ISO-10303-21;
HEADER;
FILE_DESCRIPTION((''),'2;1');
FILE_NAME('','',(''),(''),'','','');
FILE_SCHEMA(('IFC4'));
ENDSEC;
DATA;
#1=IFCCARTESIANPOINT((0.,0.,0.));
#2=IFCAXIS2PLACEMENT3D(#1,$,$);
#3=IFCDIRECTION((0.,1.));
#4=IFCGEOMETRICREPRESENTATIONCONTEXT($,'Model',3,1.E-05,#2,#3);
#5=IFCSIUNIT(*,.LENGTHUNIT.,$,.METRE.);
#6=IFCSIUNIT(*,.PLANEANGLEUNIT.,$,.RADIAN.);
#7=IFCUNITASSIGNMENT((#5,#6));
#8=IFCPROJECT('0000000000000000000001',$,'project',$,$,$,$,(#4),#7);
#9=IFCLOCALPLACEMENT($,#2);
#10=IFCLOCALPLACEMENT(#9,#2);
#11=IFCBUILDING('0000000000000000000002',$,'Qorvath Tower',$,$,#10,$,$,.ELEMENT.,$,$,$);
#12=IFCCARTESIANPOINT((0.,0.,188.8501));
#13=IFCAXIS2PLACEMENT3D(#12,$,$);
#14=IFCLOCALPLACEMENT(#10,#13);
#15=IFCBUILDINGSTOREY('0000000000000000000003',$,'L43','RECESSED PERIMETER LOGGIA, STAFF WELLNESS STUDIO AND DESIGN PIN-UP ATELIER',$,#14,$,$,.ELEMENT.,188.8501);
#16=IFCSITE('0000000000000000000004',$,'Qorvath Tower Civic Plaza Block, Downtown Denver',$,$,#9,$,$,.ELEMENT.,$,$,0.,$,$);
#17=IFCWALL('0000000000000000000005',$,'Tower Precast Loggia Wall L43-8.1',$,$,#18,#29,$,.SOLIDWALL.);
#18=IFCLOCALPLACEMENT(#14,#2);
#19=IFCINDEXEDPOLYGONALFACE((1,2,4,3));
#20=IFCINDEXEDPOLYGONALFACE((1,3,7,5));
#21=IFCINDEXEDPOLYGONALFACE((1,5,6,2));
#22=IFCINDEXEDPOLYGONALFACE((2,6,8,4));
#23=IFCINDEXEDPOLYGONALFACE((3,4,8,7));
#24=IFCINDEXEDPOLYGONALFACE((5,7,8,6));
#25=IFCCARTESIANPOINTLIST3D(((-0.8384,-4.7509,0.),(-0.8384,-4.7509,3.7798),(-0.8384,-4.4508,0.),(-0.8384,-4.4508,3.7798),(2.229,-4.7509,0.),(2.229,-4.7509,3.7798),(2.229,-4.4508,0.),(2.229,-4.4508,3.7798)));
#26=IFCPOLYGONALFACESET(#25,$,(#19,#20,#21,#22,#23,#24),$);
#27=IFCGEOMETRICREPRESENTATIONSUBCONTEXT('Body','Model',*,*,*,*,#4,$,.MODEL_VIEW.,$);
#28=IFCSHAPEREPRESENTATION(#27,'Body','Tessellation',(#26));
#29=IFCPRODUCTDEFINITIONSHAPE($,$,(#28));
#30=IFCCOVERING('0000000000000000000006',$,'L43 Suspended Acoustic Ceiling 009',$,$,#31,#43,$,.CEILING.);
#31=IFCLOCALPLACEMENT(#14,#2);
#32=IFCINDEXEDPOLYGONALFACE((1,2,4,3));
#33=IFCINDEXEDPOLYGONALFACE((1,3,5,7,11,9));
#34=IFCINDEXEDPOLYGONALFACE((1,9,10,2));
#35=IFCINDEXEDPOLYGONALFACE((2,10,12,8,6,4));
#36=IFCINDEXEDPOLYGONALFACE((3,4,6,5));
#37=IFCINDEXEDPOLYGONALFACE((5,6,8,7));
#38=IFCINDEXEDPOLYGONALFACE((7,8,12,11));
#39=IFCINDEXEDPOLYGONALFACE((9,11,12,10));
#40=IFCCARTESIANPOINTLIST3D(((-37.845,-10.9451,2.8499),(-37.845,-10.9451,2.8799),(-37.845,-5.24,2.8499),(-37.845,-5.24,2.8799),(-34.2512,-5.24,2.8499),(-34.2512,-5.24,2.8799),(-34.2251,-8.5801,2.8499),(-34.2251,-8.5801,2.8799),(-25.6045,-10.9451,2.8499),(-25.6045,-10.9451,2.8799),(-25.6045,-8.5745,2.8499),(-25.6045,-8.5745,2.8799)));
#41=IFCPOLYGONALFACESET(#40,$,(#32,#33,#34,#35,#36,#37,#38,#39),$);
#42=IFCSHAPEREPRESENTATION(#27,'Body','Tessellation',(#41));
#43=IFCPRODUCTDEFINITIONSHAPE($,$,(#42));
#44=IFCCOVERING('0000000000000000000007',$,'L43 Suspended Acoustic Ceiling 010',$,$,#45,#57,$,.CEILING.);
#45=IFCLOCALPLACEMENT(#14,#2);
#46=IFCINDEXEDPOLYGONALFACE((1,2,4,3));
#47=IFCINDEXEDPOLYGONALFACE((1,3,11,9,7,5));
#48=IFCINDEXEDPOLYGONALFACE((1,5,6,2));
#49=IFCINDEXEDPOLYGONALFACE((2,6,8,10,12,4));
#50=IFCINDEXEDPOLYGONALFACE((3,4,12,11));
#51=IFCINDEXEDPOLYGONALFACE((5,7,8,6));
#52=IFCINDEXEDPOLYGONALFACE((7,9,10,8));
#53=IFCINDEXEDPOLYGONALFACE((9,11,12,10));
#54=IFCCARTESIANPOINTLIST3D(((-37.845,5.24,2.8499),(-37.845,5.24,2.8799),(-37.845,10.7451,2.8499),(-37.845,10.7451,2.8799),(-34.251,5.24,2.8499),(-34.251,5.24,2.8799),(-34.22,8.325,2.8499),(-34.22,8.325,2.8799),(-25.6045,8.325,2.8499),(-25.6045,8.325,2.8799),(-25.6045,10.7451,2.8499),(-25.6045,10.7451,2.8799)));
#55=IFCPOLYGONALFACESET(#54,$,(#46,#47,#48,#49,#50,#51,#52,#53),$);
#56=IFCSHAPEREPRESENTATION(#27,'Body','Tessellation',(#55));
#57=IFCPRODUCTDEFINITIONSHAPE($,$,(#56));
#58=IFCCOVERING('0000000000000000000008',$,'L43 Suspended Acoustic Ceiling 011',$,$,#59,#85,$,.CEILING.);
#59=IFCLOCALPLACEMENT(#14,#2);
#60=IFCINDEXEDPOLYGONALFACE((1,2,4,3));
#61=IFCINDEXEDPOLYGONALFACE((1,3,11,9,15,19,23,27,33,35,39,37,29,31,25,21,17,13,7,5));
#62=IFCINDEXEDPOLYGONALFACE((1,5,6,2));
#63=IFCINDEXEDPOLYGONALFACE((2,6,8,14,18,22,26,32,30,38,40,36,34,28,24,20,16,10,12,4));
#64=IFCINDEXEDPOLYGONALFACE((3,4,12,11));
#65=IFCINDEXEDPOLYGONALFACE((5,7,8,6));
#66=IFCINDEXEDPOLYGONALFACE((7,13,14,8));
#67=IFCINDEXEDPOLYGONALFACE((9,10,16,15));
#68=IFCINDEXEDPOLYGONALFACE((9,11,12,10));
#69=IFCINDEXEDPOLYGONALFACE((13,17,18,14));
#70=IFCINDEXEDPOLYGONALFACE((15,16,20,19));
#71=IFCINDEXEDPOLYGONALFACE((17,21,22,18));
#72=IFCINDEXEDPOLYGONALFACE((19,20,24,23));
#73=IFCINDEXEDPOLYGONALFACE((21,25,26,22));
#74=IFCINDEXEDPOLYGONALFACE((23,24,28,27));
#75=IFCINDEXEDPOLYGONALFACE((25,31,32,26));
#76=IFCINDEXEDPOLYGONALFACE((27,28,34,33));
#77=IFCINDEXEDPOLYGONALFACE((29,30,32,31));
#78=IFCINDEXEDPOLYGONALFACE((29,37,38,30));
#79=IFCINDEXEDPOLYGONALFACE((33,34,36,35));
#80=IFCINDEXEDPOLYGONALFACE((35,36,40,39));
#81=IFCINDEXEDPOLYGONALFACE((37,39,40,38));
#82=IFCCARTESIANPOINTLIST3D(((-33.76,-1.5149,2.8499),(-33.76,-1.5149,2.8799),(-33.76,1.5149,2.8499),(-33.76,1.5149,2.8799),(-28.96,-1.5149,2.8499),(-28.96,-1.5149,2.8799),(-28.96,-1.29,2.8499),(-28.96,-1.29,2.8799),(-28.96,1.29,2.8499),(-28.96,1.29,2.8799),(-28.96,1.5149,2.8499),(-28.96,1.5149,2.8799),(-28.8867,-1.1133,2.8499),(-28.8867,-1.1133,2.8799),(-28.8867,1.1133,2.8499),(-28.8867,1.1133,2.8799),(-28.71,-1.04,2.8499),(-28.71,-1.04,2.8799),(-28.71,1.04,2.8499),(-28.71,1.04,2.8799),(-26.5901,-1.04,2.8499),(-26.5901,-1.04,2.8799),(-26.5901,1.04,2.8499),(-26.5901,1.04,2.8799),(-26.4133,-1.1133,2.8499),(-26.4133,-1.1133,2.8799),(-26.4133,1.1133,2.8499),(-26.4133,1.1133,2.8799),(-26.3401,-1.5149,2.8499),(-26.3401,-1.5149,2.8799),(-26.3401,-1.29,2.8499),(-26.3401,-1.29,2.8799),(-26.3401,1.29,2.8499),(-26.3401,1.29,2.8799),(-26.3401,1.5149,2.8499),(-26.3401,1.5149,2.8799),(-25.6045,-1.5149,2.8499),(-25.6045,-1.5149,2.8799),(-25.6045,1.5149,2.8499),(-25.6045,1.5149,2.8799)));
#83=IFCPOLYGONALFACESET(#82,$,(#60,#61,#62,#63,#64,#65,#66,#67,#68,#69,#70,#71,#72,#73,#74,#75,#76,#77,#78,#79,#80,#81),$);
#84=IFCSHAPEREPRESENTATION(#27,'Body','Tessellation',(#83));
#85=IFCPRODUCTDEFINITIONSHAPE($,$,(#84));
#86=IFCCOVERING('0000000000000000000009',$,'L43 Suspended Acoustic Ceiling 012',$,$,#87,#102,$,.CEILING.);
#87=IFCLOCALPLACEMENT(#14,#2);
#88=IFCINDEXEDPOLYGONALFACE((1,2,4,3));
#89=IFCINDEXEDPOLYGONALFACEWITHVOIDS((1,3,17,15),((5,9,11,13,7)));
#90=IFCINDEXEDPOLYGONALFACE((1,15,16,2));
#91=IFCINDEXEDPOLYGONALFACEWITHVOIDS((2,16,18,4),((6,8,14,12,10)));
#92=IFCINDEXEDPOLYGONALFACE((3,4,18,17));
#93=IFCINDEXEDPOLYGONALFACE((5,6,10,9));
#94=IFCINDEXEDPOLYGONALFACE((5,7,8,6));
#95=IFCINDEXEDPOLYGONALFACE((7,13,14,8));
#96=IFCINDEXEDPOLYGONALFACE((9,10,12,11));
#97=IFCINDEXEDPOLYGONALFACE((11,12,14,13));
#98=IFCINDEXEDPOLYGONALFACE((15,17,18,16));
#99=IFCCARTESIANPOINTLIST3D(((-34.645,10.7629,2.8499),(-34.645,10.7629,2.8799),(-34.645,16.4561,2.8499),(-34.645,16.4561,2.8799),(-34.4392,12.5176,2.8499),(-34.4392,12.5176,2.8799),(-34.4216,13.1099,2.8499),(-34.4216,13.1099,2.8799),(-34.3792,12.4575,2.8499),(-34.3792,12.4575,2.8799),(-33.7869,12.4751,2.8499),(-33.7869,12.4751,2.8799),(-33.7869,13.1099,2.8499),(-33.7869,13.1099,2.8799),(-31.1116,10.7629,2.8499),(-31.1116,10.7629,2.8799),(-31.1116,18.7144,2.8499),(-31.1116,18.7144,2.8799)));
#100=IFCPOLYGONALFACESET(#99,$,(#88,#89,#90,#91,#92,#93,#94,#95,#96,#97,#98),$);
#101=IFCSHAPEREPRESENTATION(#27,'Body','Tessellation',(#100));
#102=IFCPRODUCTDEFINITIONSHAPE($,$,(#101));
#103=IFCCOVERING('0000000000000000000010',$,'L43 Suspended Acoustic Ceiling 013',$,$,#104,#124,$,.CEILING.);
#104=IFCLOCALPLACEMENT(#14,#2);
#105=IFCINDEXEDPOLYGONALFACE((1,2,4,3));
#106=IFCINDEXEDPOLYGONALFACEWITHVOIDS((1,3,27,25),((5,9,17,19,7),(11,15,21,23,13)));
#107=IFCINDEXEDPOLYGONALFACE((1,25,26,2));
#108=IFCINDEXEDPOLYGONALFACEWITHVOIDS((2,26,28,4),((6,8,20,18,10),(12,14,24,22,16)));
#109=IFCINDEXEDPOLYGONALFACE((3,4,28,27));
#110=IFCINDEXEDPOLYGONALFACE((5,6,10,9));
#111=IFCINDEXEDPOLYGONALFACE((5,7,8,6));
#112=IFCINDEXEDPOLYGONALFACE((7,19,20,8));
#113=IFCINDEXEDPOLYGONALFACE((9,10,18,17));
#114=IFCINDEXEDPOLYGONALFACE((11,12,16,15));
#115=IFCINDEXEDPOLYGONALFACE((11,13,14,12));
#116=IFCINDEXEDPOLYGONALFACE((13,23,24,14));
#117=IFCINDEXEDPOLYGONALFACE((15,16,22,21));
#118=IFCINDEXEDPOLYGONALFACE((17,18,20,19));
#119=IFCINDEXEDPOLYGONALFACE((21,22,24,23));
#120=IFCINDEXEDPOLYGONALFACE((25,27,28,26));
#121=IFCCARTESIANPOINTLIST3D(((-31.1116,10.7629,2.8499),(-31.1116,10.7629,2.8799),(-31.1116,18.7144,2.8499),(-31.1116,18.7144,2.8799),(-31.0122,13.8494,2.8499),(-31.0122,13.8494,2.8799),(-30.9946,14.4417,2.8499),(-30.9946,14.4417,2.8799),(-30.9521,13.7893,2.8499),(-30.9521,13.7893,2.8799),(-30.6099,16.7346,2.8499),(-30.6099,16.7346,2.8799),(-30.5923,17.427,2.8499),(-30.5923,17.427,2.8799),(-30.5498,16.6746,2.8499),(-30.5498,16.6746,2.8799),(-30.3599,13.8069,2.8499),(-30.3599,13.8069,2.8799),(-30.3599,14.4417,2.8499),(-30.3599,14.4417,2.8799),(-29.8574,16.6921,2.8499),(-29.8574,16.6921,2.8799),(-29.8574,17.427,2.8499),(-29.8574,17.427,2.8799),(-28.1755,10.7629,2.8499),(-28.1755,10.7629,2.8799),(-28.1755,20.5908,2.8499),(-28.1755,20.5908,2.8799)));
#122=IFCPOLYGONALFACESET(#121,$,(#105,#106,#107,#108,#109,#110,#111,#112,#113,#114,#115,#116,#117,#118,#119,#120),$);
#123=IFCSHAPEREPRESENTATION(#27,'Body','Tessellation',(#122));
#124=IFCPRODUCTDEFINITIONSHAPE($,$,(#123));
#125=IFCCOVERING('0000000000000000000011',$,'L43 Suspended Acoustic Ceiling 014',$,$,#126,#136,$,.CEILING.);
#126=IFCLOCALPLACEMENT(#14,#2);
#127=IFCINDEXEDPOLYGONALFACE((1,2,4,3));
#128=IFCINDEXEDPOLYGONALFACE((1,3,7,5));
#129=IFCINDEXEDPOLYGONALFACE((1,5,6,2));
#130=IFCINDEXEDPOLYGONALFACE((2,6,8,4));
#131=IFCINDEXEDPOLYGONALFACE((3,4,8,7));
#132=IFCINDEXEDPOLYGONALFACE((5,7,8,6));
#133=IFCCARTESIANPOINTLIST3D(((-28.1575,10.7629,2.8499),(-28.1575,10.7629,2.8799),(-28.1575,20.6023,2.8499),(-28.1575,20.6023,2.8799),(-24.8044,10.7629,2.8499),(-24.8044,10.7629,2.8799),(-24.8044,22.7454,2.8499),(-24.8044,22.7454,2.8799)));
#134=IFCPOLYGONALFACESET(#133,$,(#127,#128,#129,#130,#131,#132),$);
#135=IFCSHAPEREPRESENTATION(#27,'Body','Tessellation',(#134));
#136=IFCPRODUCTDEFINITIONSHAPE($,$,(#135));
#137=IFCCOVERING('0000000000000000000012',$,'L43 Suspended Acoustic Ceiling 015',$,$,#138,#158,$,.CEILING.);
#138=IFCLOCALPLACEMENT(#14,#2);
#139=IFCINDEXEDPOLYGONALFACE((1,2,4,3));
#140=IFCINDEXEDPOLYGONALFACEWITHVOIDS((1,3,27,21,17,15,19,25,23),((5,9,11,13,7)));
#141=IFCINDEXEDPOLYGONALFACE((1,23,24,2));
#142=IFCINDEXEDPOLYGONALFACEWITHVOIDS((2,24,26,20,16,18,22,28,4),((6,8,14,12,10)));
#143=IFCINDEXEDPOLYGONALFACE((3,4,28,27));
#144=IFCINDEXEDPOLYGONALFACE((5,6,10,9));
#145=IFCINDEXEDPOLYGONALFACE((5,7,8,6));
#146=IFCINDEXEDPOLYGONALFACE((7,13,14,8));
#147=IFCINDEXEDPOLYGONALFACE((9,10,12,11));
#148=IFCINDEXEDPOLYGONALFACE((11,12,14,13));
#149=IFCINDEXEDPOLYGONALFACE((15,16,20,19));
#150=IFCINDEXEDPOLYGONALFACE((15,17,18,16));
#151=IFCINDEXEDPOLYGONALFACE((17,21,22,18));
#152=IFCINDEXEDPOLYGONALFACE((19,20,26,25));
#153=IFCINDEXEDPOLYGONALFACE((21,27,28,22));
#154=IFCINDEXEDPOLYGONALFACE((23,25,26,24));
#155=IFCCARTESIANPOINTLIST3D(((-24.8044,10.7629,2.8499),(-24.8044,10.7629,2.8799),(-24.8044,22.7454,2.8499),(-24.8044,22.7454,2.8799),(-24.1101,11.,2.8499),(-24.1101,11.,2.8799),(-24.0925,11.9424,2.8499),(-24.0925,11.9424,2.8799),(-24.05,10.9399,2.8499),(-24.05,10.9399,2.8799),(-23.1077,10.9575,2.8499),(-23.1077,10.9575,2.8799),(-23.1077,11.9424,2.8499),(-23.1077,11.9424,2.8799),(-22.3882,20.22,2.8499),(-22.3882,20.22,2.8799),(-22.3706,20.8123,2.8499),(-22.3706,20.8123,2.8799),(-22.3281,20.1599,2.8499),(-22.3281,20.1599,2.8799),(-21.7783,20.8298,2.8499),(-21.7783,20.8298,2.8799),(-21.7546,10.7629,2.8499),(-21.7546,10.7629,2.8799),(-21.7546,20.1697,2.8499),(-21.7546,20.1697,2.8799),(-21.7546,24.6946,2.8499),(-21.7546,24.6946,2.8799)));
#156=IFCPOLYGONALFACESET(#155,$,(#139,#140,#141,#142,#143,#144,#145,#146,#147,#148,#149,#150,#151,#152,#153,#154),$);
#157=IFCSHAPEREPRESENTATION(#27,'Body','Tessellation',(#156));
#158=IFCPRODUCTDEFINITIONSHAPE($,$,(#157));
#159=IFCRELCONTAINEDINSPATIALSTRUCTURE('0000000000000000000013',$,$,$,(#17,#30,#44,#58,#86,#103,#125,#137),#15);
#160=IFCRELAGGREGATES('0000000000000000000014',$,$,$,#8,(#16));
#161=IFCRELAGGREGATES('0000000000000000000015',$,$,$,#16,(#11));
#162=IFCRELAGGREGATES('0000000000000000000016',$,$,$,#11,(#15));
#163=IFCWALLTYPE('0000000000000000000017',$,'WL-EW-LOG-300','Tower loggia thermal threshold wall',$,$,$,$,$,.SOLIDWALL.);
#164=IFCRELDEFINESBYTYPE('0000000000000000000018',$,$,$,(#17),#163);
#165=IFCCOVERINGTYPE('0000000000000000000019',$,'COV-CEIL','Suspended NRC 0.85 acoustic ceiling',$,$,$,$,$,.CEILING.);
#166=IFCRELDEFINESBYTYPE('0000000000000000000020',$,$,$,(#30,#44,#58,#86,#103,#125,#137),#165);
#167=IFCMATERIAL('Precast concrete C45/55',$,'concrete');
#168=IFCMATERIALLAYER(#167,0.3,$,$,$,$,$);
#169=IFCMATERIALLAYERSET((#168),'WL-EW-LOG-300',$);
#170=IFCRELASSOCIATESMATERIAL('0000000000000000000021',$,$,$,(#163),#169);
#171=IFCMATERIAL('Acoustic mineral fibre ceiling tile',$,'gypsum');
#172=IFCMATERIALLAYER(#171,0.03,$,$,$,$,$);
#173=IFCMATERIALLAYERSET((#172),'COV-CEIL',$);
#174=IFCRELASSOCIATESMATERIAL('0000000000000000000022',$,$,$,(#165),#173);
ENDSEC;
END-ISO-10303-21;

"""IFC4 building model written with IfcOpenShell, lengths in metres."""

from ifc_helpers import new_model, si_unit, direction, frame, frame_2d, origin, place, context, subcontext, project, spatial, polyline, rectangle, outline, extrude, material, layer, layer_set, type_object, element, save


model = new_model("IFC4")

# Units and contexts
model_context = context("Model", 3, precision=1e-05, world=origin(), true_north=direction((0.0, 1.0)))
body_context = subcontext(model_context, "Body", "Model", "MODEL_VIEW")
ifc_project = project(units=[si_unit("LENGTHUNIT", "METRE"), si_unit("PLANEANGLEUNIT", "RADIAN")], contexts=[model_context])

# Site, building, storey
site_placement = place(None, origin())
site = spatial("IfcSite", under=ifc_project, at=site_placement, Name="Qorvath Tower Civic Plaza Block, Downtown Denver", CompositionType="ELEMENT", RefElevation=0.0)
building_placement = place(site_placement, origin())
building = spatial("IfcBuilding", under=site, at=building_placement, Name="Qorvath Tower", CompositionType="ELEMENT")
storey_placement = place(building_placement, frame((0.0, 0.0, 188.8501)))
storey = spatial("IfcBuildingStorey", under=building, at=storey_placement, Name="L43", Description="RECESSED PERIMETER LOGGIA, STAFF WELLNESS STUDIO AND DESIGN PIN-UP ATELIER", CompositionType="ELEMENT", Elevation=188.8501)

# Wall
ifc_material_1 = material(Name="Precast concrete C45/55", Category="concrete")
ifc_layer_1 = layer(ifc_material_1, 0.3)
ifc_layer_set_1 = layer_set([ifc_layer_1], Name="WL-EW-LOG-300")
wall_type = type_object("IfcWallType", Name="WL-EW-LOG-300", Description="Tower loggia thermal threshold wall", PredefinedType="SOLIDWALL", material=ifc_layer_set_1)
wall_placement = place(storey_placement, frame((2.229, -4.6008, 0.0), z_axis=(0.0, 0.0, 1.0), x_axis=(-1.0, 0.0, 0.0)))
element("IfcWall", 1, at=wall_placement, inside=storey, type_object=wall_type, Name="Tower Precast Loggia Wall L43-8.1", PredefinedType="SOLIDWALL", context=body_context, shape_type="SweptSolid", body=[
    extrude(rectangle(XDim=3.0674, YDim=0.3, at=frame_2d((1.5337, 0.0))), origin(), (0.0, 0.0, 1.0), 3.7798),
])

# Coverings
ifc_material_2 = material(Name="Acoustic mineral fibre ceiling tile", Category="gypsum")
ifc_layer_2 = layer(ifc_material_2, 0.03)
ifc_layer_set_2 = layer_set([ifc_layer_2], Name="COV-CEIL")
covering_type_1 = type_object("IfcCoveringType", Name="COV-CEIL", Description="Suspended NRC 0.85 acoustic ceiling", PredefinedType="CEILING", material=ifc_layer_set_2)
covering_1_placement = place(storey_placement, frame((0.0, 0.0, 2.8499)))
element("IfcCovering", 2, at=covering_1_placement, inside=storey, type_object=covering_type_1, Name="L43 Suspended Acoustic Ceiling 009", PredefinedType="CEILING", context=body_context, shape_type="SweptSolid", body=[
    extrude(outline(polyline([(-34.2251, -8.5801), (-34.2512, -5.24), (-37.845, -5.24), (-37.845, -10.9451), (-25.6045, -10.9451), (-25.6045, -8.5745), (-34.2251, -8.5801)])), origin(), (0.0, 0.0, 1.0), 0.03),
])
covering_2_placement = place(storey_placement, frame((0.0, 0.0, 2.8499)))
element("IfcCovering", 3, at=covering_2_placement, inside=storey, type_object=covering_type_1, Name="L43 Suspended Acoustic Ceiling 010", PredefinedType="CEILING", context=body_context, shape_type="SweptSolid", body=[
    extrude(outline(polyline([(-25.6045, 8.325), (-25.6045, 10.7451), (-37.845, 10.7451), (-37.845, 5.24), (-34.251, 5.24), (-34.22, 8.325), (-25.6045, 8.325)])), origin(), (0.0, 0.0, 1.0), 0.03),
])
covering_3_placement = place(storey_placement, frame((0.0, 0.0, 2.8499)))
element("IfcCovering", 4, at=covering_3_placement, inside=storey, type_object=covering_type_1, Name="L43 Suspended Acoustic Ceiling 011", PredefinedType="CEILING", context=body_context, shape_type="SweptSolid", body=[
    extrude(outline(polyline([(-25.6045, -1.5149), (-25.6045, 1.5149), (-26.3401, 1.5149), (-26.3401, 1.29), (-26.4133, 1.1133), (-26.5901, 1.04), (-28.71, 1.04), (-28.8867, 1.1133), (-28.96, 1.29), (-28.96, 1.5149), (-33.76, 1.5149), (-33.76, -1.5149), (-28.96, -1.5149), (-28.96, -1.29), (-28.8867, -1.1133), (-28.71, -1.04), (-26.5901, -1.04), (-26.4133, -1.1133), (-26.3401, -1.29), (-26.3401, -1.5149), (-25.6045, -1.5149)])), origin(), (0.0, 0.0, 1.0), 0.03),
])
covering_4_placement = place(storey_placement, frame((0.0, 0.0, 2.8499)))
element("IfcCovering", 5, at=covering_4_placement, inside=storey, type_object=covering_type_1, Name="L43 Suspended Acoustic Ceiling 012", PredefinedType="CEILING", context=body_context, shape_type="SweptSolid", body=[
    extrude(outline(polyline([(-31.1116, 10.7629), (-31.1116, 18.7144), (-34.645, 16.4561), (-34.645, 10.7629), (-31.1116, 10.7629)]), holes=[polyline([(-34.4392, 12.5176), (-34.4216, 13.1099), (-33.7869, 13.1099), (-33.7869, 12.4751), (-34.3792, 12.4575), (-34.4392, 12.5176)])]), origin(), (0.0, 0.0, 1.0), 0.03),
])
covering_5_placement = place(storey_placement, frame((0.0, 0.0, 2.8499)))
element("IfcCovering", 6, at=covering_5_placement, inside=storey, type_object=covering_type_1, Name="L43 Suspended Acoustic Ceiling 013", PredefinedType="CEILING", context=body_context, shape_type="SweptSolid", body=[
    extrude(outline(polyline([(-28.1755, 10.7629), (-28.1755, 20.5908), (-31.1116, 18.7144), (-31.1116, 10.7629), (-28.1755, 10.7629)]), holes=[polyline([(-30.6099, 16.7346), (-30.5923, 17.427), (-29.8574, 17.427), (-29.8574, 16.6921), (-30.5498, 16.6746), (-30.6099, 16.7346)]), polyline([(-31.0122, 13.8494), (-30.9946, 14.4417), (-30.3599, 14.4417), (-30.3599, 13.8069), (-30.9521, 13.7893), (-31.0122, 13.8494)])]), origin(), (0.0, 0.0, 1.0), 0.03),
])
covering_6_placement = place(storey_placement, frame((0.0, 0.0, 2.8499)))
element("IfcCovering", 7, at=covering_6_placement, inside=storey, type_object=covering_type_1, Name="L43 Suspended Acoustic Ceiling 014", PredefinedType="CEILING", context=body_context, shape_type="SweptSolid", body=[
    extrude(outline(polyline([(-24.8044, 10.7629), (-24.8044, 22.7454), (-28.1575, 20.6023), (-28.1575, 10.7629), (-24.8044, 10.7629)])), origin(), (0.0, 0.0, 1.0), 0.03),
])
covering_7_placement = place(storey_placement, frame((0.0, 0.0, 2.8499)))
element("IfcCovering", 8, at=covering_7_placement, inside=storey, type_object=covering_type_1, Name="L43 Suspended Acoustic Ceiling 015", PredefinedType="CEILING", context=body_context, shape_type="SweptSolid", body=[
    extrude(outline(polyline([(-21.7783, 20.8298), (-21.7546, 24.6946), (-24.8044, 22.7454), (-24.8044, 10.7629), (-21.7546, 10.7629), (-21.7546, 20.1697), (-22.3281, 20.1599), (-22.3882, 20.22), (-22.3706, 20.8123), (-21.7783, 20.8298)]), holes=[polyline([(-24.1101, 11.0), (-24.0925, 11.9424), (-23.1077, 11.9424), (-23.1077, 10.9575), (-24.05, 10.9399), (-24.1101, 11.0)])]), origin(), (0.0, 0.0, 1.0), 0.03),
])

save(model, "model.ifc")
